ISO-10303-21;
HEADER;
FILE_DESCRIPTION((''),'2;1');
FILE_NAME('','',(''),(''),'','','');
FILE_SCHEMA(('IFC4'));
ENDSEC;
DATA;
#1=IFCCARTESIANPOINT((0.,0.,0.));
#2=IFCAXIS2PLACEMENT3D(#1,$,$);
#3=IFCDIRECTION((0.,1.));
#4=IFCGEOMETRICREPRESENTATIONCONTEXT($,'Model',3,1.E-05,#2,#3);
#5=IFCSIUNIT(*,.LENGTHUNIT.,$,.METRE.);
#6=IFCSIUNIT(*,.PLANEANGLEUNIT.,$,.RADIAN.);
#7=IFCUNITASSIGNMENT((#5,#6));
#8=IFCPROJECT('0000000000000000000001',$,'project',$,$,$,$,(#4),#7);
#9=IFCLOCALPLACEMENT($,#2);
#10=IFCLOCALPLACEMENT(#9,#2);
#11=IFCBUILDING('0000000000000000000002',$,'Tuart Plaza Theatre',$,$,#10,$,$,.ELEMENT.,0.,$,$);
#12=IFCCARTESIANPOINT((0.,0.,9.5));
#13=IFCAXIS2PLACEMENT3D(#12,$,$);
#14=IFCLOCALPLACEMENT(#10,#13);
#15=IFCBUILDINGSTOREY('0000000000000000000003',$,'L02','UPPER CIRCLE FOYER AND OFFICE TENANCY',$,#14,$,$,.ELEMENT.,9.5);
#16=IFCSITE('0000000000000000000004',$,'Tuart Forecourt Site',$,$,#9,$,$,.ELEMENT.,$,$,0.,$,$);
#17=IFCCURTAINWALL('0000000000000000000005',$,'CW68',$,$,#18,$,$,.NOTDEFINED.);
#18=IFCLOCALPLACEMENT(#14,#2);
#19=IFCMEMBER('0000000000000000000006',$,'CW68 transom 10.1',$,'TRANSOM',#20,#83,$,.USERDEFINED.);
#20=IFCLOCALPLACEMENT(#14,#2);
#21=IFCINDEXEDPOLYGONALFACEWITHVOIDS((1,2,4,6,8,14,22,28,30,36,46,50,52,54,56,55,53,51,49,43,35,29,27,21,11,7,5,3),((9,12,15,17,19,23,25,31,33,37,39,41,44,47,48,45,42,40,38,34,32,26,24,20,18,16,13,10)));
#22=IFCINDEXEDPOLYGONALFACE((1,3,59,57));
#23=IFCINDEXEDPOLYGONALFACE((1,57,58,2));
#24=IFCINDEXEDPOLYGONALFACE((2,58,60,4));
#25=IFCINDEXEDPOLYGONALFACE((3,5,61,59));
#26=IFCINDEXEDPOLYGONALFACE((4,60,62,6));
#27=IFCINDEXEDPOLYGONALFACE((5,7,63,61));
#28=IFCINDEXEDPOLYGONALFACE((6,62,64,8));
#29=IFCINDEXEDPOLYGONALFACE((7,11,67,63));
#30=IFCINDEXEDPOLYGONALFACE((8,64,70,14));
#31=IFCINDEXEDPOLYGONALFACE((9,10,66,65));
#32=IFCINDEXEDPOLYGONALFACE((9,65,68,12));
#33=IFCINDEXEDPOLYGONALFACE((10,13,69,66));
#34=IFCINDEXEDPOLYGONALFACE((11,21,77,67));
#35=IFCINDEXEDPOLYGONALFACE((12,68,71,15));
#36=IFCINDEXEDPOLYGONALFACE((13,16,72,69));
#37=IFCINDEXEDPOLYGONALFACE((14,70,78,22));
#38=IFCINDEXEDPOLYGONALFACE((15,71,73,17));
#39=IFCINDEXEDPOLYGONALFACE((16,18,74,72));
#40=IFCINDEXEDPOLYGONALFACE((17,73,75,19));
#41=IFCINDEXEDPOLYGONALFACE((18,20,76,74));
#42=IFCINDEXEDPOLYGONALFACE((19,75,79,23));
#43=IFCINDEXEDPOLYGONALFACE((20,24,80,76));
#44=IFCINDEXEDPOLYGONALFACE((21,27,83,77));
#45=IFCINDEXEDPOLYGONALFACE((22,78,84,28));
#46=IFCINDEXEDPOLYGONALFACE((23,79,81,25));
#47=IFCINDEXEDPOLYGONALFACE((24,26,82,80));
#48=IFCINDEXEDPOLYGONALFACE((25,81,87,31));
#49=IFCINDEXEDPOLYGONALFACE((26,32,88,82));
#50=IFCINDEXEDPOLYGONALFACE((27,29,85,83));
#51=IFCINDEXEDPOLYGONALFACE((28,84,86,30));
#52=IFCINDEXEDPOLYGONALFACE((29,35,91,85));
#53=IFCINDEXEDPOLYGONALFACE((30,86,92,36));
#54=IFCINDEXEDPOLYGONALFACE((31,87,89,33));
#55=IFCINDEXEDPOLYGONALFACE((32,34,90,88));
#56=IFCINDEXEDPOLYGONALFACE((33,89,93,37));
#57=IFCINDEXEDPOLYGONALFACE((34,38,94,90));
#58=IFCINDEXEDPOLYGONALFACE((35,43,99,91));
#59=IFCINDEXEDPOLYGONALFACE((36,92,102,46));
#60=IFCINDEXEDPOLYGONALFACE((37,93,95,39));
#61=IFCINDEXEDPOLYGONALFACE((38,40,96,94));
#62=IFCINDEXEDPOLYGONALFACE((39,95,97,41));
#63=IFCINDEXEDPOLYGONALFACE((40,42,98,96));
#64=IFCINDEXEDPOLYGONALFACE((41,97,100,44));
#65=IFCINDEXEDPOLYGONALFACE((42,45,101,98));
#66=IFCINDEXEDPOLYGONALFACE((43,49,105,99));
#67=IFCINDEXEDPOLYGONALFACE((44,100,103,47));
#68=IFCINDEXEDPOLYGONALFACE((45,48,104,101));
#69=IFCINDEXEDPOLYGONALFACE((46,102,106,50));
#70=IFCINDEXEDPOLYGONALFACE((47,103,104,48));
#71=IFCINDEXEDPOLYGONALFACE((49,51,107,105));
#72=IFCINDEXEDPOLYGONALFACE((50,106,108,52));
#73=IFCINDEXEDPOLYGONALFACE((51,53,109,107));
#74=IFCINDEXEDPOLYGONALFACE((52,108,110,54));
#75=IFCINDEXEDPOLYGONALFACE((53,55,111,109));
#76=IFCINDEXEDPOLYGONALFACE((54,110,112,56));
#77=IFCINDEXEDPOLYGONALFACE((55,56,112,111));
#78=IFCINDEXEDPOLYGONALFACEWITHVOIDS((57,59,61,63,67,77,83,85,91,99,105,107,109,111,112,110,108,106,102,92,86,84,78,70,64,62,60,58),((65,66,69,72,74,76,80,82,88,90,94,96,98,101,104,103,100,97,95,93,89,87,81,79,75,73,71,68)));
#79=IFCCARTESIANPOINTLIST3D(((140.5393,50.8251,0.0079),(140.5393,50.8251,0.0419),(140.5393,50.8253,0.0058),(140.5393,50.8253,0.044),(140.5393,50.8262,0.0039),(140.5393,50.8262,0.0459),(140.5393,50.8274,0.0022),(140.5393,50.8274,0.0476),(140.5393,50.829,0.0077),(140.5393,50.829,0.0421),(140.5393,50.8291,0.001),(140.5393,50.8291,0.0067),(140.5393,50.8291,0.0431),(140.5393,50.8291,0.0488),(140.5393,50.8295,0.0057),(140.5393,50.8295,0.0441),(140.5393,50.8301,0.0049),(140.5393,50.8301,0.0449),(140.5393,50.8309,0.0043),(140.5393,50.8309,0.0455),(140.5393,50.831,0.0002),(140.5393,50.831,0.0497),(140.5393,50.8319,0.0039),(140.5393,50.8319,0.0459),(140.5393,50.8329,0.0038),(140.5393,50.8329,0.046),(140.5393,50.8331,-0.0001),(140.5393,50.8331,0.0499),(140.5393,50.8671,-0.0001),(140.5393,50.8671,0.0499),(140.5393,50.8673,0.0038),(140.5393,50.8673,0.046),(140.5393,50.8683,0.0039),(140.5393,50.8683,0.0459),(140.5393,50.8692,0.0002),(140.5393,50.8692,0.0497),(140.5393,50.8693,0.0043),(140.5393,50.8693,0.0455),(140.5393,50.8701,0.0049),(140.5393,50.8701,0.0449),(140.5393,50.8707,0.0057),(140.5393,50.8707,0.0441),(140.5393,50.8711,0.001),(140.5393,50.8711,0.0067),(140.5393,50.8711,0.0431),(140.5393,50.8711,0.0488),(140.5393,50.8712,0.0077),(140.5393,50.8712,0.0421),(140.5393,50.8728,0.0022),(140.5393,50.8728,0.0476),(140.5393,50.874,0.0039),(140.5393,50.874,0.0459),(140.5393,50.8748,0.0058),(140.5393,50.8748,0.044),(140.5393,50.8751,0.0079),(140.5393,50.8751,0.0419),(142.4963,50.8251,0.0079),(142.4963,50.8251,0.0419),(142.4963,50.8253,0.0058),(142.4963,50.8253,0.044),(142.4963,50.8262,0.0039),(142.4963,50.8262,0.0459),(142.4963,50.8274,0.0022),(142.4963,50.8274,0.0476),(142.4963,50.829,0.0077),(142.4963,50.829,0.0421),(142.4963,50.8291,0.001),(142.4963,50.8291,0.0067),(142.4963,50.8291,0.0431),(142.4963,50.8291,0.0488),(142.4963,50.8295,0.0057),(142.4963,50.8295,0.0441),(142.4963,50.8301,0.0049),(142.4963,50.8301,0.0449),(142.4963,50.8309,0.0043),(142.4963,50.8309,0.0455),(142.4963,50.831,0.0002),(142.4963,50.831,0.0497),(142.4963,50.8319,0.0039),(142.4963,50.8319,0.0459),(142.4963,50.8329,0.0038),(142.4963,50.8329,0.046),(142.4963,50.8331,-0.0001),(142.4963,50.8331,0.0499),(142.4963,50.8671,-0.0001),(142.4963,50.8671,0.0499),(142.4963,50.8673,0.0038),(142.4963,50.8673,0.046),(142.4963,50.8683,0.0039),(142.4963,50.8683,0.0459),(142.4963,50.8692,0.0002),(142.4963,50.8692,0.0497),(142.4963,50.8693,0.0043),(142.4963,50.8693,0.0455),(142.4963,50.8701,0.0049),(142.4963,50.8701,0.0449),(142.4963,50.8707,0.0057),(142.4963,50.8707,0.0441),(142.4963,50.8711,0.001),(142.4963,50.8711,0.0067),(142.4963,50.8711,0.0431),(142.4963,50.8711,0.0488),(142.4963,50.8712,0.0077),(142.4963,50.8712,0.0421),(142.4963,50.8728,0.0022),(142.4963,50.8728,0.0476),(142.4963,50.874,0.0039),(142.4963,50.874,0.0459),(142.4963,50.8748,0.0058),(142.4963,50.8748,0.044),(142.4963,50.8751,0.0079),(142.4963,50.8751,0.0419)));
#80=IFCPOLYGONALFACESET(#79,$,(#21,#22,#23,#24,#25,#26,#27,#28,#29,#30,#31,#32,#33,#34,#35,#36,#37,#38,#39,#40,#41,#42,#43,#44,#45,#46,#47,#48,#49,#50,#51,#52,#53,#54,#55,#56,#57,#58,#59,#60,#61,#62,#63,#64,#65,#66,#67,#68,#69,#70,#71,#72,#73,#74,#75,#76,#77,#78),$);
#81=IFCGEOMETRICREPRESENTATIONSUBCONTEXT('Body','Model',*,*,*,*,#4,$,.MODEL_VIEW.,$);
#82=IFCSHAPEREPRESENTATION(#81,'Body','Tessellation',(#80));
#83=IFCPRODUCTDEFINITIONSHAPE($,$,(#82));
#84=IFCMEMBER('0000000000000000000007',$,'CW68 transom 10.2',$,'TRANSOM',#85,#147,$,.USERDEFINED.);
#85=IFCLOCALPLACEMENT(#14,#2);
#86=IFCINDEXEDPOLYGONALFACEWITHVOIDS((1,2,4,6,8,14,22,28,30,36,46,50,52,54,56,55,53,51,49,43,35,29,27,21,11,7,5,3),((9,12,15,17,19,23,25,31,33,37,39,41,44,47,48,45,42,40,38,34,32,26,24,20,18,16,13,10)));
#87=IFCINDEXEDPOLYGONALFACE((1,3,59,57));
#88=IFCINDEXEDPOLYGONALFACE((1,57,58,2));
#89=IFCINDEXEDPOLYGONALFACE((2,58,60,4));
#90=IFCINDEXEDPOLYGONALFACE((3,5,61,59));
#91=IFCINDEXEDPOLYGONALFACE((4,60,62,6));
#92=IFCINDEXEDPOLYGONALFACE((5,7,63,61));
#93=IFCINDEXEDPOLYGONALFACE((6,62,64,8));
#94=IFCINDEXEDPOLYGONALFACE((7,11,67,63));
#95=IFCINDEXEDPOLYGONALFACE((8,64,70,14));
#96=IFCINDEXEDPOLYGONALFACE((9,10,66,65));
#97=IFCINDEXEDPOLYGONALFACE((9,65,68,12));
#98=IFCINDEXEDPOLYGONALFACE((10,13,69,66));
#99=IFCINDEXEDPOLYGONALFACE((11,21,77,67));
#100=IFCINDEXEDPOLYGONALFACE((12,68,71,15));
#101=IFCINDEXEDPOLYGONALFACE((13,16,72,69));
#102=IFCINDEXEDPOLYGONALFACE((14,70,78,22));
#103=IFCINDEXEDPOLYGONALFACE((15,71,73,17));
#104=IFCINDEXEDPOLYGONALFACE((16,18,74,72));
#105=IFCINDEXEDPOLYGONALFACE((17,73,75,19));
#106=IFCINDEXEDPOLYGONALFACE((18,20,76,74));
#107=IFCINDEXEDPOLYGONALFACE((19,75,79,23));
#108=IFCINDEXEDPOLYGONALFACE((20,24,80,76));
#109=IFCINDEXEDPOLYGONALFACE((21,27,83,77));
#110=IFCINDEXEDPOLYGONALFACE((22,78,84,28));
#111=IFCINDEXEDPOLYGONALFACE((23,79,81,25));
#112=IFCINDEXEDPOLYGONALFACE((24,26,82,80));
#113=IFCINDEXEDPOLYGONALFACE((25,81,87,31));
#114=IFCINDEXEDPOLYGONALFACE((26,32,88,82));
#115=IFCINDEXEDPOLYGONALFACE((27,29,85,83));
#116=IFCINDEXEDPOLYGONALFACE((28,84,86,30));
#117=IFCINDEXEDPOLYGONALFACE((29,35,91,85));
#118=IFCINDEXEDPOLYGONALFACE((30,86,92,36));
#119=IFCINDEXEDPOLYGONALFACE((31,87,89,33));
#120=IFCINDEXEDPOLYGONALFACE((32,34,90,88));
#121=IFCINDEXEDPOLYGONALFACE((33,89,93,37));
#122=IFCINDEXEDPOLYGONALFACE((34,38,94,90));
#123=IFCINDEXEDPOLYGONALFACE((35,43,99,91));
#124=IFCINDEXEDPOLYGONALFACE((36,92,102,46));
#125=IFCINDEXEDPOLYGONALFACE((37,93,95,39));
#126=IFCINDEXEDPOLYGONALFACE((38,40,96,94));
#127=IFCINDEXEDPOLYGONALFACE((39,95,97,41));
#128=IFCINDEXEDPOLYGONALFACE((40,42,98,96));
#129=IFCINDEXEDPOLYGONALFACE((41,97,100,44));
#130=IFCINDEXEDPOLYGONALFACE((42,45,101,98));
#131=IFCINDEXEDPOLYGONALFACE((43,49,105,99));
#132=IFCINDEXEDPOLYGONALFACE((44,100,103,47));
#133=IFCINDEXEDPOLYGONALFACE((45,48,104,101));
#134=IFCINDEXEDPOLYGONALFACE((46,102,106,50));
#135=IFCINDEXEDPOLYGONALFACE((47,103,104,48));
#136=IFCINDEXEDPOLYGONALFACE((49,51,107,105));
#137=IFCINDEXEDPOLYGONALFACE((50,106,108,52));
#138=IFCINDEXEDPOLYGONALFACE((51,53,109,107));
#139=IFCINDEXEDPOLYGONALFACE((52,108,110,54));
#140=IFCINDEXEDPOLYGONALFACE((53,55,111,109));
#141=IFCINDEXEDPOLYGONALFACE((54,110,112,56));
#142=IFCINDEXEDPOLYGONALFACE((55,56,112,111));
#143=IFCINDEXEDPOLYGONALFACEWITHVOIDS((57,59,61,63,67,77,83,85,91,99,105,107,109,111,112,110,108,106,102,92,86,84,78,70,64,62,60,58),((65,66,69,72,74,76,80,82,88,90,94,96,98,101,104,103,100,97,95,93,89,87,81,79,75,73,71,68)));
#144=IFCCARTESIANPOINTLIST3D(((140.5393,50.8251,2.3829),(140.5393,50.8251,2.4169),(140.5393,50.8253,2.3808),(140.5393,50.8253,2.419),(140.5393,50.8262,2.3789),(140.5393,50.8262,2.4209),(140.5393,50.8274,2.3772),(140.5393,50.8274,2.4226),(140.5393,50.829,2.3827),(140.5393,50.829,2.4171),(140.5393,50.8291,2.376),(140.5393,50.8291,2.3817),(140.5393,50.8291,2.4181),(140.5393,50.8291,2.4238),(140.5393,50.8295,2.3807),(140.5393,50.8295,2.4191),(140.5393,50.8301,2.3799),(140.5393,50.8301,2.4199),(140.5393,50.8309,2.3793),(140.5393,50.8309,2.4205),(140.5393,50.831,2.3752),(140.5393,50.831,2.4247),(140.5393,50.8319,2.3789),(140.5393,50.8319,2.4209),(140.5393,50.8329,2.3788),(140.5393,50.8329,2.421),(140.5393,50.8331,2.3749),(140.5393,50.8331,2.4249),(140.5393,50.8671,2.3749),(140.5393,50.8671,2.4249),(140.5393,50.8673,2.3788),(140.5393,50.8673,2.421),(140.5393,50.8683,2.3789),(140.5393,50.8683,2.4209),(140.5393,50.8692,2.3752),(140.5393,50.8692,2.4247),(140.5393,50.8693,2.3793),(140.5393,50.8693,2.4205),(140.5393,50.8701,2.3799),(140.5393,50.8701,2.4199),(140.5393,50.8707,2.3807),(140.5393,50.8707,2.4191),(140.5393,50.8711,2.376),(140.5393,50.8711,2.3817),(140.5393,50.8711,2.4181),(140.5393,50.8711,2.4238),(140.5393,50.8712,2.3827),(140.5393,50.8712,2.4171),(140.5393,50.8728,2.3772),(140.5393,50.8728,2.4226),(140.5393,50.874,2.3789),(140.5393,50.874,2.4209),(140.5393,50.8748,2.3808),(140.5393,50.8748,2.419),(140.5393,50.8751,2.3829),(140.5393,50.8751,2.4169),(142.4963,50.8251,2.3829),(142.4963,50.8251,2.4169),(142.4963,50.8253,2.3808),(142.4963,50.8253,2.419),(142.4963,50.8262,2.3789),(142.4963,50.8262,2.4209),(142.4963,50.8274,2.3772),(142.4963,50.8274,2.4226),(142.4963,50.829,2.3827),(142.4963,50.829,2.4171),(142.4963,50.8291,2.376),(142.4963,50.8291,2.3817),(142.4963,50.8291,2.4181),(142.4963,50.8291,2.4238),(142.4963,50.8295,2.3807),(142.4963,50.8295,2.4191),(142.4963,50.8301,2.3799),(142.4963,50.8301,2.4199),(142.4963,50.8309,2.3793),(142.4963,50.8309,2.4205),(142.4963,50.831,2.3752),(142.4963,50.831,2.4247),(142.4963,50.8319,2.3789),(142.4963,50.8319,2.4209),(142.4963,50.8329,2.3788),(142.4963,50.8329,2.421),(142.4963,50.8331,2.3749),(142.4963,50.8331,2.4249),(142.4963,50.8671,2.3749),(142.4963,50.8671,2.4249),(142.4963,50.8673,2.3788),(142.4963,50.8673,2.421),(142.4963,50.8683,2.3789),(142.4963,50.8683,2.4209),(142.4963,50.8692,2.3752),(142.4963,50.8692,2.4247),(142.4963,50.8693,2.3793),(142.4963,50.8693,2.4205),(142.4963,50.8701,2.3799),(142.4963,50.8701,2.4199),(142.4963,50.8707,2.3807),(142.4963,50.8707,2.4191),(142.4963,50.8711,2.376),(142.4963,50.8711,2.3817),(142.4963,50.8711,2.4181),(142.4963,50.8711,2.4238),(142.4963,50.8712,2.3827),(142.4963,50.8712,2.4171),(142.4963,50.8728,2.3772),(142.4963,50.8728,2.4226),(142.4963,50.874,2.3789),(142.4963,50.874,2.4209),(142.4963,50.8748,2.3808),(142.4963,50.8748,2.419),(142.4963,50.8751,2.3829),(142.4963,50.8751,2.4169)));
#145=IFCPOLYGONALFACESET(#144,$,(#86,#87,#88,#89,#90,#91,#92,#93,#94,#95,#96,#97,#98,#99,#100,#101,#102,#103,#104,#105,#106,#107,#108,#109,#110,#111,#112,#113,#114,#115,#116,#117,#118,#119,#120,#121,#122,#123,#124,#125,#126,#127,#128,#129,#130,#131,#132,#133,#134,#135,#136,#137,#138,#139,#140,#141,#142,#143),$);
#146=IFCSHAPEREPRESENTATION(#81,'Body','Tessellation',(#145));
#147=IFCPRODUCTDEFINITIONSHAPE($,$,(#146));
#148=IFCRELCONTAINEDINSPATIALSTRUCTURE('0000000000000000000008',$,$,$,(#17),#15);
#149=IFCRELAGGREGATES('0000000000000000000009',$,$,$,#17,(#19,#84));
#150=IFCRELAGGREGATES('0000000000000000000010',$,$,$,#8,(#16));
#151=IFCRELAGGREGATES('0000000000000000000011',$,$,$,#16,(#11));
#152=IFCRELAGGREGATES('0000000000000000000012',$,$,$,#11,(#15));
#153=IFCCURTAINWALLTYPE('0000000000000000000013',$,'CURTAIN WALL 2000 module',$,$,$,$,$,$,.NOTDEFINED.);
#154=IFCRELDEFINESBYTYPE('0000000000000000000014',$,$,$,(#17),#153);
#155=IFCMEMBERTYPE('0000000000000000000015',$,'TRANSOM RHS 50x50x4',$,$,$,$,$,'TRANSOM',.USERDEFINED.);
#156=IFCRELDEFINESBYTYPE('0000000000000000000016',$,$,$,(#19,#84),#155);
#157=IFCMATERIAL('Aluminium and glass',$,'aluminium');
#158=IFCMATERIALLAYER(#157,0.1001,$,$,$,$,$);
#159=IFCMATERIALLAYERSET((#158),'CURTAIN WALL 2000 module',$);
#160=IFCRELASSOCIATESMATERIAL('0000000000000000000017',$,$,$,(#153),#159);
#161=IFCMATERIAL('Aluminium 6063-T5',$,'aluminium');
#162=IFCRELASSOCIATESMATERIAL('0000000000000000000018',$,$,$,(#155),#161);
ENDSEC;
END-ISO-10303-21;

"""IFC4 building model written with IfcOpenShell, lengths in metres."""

from ifc_helpers import new_model, si_unit, direction, frame, origin, origin_2d, place, context, subcontext, project, spatial, hollow_rectangle, extrude, material, layer, layer_set, material_profile, profile_set, type_object, element, aggregate, save


model = new_model("IFC4")

# Units and contexts
model_context = context("Model", 3, precision=1e-05, world=origin(), true_north=direction((0.0, 1.0)))
body_context = subcontext(model_context, "Body", "Model", "MODEL_VIEW")
ifc_project = project(units=[si_unit("LENGTHUNIT", "METRE"), si_unit("PLANEANGLEUNIT", "RADIAN")], contexts=[model_context])

# Site, building, storey
site_placement = place(None, origin())
site = spatial("IfcSite", under=ifc_project, at=site_placement, Name="Tuart Forecourt Site", CompositionType="ELEMENT", RefElevation=0.0)
building_placement = place(site_placement, origin())
building = spatial("IfcBuilding", under=site, at=building_placement, Name="Tuart Plaza Theatre", CompositionType="ELEMENT", ElevationOfRefHeight=0.0)
storey_placement = place(building_placement, frame((0.0, 0.0, 9.5)))
storey = spatial("IfcBuildingStorey", under=building, at=storey_placement, Name="L02", Description="UPPER CIRCLE FOYER AND OFFICE TENANCY", CompositionType="ELEMENT", Elevation=9.5)

# Curtain wall, members
ifc_material_1 = material(Name="Aluminium and glass", Category="aluminium")
ifc_layer_1 = layer(ifc_material_1, 0.1001)
ifc_layer_set_1 = layer_set([ifc_layer_1], Name="CURTAIN WALL 2000 module")
curtain_wall_type = type_object("IfcCurtainWallType", Name="CURTAIN WALL 2000 module", PredefinedType="NOTDEFINED", material=ifc_layer_set_1)
curtain_wall_placement = place(storey_placement, origin())
curtain_wall = element("IfcCurtainWall", 1, at=curtain_wall_placement, inside=storey, type_object=curtain_wall_type, Name="CW68", PredefinedType="NOTDEFINED")
ifc_material_2 = material(Name="Aluminium 6063-T5", Category="aluminium")
ifc_material_profile_1 = material_profile(ifc_material_2, hollow_rectangle(XDim=0.05, YDim=0.05, WallThickness=0.0039, InnerFilletRadius=0.0039, OuterFilletRadius=0.0081, at=origin_2d()), Name="RHS 50x50x4")
ifc_profile_set_1 = profile_set([ifc_material_profile_1], Name="Aluminium 6063-T5")
member_type_1 = type_object("IfcMemberType", Name="TRANSOM RHS 50x50x4", ElementType="TRANSOM", PredefinedType="USERDEFINED", material=ifc_profile_set_1)
member_1_placement = place(storey_placement, frame((140.5393, 50.8501, 0.0249), z_axis=(1.0, 0.0, 0.0), x_axis=(0.0, 1.0, 0.0)))
member_1 = element("IfcMember", 2, at=member_1_placement, type_object=member_type_1, Name="CW68 transom 10.1", ObjectType="TRANSOM", PredefinedType="USERDEFINED", context=body_context, shape_type="SweptSolid", body=[
    extrude(hollow_rectangle(XDim=0.05, YDim=0.05, WallThickness=0.0039, InnerFilletRadius=0.0039, OuterFilletRadius=0.0081, at=origin_2d()), origin(), (0.0, 0.0, 1.0), 1.957),
])
member_2_placement = place(storey_placement, frame((140.5393, 50.8501, 2.3999), z_axis=(1.0, 0.0, 0.0), x_axis=(0.0, 1.0, 0.0)))
member_2 = element("IfcMember", 3, at=member_2_placement, type_object=member_type_1, Name="CW68 transom 10.2", ObjectType="TRANSOM", PredefinedType="USERDEFINED", context=body_context, shape_type="SweptSolid", body=[
    extrude(hollow_rectangle(XDim=0.05, YDim=0.05, WallThickness=0.0039, InnerFilletRadius=0.0039, OuterFilletRadius=0.0081, at=origin_2d()), origin(), (0.0, 0.0, 1.0), 1.957),
])
aggregate(curtain_wall, [member_1, member_2])

save(model, "model.ifc")
